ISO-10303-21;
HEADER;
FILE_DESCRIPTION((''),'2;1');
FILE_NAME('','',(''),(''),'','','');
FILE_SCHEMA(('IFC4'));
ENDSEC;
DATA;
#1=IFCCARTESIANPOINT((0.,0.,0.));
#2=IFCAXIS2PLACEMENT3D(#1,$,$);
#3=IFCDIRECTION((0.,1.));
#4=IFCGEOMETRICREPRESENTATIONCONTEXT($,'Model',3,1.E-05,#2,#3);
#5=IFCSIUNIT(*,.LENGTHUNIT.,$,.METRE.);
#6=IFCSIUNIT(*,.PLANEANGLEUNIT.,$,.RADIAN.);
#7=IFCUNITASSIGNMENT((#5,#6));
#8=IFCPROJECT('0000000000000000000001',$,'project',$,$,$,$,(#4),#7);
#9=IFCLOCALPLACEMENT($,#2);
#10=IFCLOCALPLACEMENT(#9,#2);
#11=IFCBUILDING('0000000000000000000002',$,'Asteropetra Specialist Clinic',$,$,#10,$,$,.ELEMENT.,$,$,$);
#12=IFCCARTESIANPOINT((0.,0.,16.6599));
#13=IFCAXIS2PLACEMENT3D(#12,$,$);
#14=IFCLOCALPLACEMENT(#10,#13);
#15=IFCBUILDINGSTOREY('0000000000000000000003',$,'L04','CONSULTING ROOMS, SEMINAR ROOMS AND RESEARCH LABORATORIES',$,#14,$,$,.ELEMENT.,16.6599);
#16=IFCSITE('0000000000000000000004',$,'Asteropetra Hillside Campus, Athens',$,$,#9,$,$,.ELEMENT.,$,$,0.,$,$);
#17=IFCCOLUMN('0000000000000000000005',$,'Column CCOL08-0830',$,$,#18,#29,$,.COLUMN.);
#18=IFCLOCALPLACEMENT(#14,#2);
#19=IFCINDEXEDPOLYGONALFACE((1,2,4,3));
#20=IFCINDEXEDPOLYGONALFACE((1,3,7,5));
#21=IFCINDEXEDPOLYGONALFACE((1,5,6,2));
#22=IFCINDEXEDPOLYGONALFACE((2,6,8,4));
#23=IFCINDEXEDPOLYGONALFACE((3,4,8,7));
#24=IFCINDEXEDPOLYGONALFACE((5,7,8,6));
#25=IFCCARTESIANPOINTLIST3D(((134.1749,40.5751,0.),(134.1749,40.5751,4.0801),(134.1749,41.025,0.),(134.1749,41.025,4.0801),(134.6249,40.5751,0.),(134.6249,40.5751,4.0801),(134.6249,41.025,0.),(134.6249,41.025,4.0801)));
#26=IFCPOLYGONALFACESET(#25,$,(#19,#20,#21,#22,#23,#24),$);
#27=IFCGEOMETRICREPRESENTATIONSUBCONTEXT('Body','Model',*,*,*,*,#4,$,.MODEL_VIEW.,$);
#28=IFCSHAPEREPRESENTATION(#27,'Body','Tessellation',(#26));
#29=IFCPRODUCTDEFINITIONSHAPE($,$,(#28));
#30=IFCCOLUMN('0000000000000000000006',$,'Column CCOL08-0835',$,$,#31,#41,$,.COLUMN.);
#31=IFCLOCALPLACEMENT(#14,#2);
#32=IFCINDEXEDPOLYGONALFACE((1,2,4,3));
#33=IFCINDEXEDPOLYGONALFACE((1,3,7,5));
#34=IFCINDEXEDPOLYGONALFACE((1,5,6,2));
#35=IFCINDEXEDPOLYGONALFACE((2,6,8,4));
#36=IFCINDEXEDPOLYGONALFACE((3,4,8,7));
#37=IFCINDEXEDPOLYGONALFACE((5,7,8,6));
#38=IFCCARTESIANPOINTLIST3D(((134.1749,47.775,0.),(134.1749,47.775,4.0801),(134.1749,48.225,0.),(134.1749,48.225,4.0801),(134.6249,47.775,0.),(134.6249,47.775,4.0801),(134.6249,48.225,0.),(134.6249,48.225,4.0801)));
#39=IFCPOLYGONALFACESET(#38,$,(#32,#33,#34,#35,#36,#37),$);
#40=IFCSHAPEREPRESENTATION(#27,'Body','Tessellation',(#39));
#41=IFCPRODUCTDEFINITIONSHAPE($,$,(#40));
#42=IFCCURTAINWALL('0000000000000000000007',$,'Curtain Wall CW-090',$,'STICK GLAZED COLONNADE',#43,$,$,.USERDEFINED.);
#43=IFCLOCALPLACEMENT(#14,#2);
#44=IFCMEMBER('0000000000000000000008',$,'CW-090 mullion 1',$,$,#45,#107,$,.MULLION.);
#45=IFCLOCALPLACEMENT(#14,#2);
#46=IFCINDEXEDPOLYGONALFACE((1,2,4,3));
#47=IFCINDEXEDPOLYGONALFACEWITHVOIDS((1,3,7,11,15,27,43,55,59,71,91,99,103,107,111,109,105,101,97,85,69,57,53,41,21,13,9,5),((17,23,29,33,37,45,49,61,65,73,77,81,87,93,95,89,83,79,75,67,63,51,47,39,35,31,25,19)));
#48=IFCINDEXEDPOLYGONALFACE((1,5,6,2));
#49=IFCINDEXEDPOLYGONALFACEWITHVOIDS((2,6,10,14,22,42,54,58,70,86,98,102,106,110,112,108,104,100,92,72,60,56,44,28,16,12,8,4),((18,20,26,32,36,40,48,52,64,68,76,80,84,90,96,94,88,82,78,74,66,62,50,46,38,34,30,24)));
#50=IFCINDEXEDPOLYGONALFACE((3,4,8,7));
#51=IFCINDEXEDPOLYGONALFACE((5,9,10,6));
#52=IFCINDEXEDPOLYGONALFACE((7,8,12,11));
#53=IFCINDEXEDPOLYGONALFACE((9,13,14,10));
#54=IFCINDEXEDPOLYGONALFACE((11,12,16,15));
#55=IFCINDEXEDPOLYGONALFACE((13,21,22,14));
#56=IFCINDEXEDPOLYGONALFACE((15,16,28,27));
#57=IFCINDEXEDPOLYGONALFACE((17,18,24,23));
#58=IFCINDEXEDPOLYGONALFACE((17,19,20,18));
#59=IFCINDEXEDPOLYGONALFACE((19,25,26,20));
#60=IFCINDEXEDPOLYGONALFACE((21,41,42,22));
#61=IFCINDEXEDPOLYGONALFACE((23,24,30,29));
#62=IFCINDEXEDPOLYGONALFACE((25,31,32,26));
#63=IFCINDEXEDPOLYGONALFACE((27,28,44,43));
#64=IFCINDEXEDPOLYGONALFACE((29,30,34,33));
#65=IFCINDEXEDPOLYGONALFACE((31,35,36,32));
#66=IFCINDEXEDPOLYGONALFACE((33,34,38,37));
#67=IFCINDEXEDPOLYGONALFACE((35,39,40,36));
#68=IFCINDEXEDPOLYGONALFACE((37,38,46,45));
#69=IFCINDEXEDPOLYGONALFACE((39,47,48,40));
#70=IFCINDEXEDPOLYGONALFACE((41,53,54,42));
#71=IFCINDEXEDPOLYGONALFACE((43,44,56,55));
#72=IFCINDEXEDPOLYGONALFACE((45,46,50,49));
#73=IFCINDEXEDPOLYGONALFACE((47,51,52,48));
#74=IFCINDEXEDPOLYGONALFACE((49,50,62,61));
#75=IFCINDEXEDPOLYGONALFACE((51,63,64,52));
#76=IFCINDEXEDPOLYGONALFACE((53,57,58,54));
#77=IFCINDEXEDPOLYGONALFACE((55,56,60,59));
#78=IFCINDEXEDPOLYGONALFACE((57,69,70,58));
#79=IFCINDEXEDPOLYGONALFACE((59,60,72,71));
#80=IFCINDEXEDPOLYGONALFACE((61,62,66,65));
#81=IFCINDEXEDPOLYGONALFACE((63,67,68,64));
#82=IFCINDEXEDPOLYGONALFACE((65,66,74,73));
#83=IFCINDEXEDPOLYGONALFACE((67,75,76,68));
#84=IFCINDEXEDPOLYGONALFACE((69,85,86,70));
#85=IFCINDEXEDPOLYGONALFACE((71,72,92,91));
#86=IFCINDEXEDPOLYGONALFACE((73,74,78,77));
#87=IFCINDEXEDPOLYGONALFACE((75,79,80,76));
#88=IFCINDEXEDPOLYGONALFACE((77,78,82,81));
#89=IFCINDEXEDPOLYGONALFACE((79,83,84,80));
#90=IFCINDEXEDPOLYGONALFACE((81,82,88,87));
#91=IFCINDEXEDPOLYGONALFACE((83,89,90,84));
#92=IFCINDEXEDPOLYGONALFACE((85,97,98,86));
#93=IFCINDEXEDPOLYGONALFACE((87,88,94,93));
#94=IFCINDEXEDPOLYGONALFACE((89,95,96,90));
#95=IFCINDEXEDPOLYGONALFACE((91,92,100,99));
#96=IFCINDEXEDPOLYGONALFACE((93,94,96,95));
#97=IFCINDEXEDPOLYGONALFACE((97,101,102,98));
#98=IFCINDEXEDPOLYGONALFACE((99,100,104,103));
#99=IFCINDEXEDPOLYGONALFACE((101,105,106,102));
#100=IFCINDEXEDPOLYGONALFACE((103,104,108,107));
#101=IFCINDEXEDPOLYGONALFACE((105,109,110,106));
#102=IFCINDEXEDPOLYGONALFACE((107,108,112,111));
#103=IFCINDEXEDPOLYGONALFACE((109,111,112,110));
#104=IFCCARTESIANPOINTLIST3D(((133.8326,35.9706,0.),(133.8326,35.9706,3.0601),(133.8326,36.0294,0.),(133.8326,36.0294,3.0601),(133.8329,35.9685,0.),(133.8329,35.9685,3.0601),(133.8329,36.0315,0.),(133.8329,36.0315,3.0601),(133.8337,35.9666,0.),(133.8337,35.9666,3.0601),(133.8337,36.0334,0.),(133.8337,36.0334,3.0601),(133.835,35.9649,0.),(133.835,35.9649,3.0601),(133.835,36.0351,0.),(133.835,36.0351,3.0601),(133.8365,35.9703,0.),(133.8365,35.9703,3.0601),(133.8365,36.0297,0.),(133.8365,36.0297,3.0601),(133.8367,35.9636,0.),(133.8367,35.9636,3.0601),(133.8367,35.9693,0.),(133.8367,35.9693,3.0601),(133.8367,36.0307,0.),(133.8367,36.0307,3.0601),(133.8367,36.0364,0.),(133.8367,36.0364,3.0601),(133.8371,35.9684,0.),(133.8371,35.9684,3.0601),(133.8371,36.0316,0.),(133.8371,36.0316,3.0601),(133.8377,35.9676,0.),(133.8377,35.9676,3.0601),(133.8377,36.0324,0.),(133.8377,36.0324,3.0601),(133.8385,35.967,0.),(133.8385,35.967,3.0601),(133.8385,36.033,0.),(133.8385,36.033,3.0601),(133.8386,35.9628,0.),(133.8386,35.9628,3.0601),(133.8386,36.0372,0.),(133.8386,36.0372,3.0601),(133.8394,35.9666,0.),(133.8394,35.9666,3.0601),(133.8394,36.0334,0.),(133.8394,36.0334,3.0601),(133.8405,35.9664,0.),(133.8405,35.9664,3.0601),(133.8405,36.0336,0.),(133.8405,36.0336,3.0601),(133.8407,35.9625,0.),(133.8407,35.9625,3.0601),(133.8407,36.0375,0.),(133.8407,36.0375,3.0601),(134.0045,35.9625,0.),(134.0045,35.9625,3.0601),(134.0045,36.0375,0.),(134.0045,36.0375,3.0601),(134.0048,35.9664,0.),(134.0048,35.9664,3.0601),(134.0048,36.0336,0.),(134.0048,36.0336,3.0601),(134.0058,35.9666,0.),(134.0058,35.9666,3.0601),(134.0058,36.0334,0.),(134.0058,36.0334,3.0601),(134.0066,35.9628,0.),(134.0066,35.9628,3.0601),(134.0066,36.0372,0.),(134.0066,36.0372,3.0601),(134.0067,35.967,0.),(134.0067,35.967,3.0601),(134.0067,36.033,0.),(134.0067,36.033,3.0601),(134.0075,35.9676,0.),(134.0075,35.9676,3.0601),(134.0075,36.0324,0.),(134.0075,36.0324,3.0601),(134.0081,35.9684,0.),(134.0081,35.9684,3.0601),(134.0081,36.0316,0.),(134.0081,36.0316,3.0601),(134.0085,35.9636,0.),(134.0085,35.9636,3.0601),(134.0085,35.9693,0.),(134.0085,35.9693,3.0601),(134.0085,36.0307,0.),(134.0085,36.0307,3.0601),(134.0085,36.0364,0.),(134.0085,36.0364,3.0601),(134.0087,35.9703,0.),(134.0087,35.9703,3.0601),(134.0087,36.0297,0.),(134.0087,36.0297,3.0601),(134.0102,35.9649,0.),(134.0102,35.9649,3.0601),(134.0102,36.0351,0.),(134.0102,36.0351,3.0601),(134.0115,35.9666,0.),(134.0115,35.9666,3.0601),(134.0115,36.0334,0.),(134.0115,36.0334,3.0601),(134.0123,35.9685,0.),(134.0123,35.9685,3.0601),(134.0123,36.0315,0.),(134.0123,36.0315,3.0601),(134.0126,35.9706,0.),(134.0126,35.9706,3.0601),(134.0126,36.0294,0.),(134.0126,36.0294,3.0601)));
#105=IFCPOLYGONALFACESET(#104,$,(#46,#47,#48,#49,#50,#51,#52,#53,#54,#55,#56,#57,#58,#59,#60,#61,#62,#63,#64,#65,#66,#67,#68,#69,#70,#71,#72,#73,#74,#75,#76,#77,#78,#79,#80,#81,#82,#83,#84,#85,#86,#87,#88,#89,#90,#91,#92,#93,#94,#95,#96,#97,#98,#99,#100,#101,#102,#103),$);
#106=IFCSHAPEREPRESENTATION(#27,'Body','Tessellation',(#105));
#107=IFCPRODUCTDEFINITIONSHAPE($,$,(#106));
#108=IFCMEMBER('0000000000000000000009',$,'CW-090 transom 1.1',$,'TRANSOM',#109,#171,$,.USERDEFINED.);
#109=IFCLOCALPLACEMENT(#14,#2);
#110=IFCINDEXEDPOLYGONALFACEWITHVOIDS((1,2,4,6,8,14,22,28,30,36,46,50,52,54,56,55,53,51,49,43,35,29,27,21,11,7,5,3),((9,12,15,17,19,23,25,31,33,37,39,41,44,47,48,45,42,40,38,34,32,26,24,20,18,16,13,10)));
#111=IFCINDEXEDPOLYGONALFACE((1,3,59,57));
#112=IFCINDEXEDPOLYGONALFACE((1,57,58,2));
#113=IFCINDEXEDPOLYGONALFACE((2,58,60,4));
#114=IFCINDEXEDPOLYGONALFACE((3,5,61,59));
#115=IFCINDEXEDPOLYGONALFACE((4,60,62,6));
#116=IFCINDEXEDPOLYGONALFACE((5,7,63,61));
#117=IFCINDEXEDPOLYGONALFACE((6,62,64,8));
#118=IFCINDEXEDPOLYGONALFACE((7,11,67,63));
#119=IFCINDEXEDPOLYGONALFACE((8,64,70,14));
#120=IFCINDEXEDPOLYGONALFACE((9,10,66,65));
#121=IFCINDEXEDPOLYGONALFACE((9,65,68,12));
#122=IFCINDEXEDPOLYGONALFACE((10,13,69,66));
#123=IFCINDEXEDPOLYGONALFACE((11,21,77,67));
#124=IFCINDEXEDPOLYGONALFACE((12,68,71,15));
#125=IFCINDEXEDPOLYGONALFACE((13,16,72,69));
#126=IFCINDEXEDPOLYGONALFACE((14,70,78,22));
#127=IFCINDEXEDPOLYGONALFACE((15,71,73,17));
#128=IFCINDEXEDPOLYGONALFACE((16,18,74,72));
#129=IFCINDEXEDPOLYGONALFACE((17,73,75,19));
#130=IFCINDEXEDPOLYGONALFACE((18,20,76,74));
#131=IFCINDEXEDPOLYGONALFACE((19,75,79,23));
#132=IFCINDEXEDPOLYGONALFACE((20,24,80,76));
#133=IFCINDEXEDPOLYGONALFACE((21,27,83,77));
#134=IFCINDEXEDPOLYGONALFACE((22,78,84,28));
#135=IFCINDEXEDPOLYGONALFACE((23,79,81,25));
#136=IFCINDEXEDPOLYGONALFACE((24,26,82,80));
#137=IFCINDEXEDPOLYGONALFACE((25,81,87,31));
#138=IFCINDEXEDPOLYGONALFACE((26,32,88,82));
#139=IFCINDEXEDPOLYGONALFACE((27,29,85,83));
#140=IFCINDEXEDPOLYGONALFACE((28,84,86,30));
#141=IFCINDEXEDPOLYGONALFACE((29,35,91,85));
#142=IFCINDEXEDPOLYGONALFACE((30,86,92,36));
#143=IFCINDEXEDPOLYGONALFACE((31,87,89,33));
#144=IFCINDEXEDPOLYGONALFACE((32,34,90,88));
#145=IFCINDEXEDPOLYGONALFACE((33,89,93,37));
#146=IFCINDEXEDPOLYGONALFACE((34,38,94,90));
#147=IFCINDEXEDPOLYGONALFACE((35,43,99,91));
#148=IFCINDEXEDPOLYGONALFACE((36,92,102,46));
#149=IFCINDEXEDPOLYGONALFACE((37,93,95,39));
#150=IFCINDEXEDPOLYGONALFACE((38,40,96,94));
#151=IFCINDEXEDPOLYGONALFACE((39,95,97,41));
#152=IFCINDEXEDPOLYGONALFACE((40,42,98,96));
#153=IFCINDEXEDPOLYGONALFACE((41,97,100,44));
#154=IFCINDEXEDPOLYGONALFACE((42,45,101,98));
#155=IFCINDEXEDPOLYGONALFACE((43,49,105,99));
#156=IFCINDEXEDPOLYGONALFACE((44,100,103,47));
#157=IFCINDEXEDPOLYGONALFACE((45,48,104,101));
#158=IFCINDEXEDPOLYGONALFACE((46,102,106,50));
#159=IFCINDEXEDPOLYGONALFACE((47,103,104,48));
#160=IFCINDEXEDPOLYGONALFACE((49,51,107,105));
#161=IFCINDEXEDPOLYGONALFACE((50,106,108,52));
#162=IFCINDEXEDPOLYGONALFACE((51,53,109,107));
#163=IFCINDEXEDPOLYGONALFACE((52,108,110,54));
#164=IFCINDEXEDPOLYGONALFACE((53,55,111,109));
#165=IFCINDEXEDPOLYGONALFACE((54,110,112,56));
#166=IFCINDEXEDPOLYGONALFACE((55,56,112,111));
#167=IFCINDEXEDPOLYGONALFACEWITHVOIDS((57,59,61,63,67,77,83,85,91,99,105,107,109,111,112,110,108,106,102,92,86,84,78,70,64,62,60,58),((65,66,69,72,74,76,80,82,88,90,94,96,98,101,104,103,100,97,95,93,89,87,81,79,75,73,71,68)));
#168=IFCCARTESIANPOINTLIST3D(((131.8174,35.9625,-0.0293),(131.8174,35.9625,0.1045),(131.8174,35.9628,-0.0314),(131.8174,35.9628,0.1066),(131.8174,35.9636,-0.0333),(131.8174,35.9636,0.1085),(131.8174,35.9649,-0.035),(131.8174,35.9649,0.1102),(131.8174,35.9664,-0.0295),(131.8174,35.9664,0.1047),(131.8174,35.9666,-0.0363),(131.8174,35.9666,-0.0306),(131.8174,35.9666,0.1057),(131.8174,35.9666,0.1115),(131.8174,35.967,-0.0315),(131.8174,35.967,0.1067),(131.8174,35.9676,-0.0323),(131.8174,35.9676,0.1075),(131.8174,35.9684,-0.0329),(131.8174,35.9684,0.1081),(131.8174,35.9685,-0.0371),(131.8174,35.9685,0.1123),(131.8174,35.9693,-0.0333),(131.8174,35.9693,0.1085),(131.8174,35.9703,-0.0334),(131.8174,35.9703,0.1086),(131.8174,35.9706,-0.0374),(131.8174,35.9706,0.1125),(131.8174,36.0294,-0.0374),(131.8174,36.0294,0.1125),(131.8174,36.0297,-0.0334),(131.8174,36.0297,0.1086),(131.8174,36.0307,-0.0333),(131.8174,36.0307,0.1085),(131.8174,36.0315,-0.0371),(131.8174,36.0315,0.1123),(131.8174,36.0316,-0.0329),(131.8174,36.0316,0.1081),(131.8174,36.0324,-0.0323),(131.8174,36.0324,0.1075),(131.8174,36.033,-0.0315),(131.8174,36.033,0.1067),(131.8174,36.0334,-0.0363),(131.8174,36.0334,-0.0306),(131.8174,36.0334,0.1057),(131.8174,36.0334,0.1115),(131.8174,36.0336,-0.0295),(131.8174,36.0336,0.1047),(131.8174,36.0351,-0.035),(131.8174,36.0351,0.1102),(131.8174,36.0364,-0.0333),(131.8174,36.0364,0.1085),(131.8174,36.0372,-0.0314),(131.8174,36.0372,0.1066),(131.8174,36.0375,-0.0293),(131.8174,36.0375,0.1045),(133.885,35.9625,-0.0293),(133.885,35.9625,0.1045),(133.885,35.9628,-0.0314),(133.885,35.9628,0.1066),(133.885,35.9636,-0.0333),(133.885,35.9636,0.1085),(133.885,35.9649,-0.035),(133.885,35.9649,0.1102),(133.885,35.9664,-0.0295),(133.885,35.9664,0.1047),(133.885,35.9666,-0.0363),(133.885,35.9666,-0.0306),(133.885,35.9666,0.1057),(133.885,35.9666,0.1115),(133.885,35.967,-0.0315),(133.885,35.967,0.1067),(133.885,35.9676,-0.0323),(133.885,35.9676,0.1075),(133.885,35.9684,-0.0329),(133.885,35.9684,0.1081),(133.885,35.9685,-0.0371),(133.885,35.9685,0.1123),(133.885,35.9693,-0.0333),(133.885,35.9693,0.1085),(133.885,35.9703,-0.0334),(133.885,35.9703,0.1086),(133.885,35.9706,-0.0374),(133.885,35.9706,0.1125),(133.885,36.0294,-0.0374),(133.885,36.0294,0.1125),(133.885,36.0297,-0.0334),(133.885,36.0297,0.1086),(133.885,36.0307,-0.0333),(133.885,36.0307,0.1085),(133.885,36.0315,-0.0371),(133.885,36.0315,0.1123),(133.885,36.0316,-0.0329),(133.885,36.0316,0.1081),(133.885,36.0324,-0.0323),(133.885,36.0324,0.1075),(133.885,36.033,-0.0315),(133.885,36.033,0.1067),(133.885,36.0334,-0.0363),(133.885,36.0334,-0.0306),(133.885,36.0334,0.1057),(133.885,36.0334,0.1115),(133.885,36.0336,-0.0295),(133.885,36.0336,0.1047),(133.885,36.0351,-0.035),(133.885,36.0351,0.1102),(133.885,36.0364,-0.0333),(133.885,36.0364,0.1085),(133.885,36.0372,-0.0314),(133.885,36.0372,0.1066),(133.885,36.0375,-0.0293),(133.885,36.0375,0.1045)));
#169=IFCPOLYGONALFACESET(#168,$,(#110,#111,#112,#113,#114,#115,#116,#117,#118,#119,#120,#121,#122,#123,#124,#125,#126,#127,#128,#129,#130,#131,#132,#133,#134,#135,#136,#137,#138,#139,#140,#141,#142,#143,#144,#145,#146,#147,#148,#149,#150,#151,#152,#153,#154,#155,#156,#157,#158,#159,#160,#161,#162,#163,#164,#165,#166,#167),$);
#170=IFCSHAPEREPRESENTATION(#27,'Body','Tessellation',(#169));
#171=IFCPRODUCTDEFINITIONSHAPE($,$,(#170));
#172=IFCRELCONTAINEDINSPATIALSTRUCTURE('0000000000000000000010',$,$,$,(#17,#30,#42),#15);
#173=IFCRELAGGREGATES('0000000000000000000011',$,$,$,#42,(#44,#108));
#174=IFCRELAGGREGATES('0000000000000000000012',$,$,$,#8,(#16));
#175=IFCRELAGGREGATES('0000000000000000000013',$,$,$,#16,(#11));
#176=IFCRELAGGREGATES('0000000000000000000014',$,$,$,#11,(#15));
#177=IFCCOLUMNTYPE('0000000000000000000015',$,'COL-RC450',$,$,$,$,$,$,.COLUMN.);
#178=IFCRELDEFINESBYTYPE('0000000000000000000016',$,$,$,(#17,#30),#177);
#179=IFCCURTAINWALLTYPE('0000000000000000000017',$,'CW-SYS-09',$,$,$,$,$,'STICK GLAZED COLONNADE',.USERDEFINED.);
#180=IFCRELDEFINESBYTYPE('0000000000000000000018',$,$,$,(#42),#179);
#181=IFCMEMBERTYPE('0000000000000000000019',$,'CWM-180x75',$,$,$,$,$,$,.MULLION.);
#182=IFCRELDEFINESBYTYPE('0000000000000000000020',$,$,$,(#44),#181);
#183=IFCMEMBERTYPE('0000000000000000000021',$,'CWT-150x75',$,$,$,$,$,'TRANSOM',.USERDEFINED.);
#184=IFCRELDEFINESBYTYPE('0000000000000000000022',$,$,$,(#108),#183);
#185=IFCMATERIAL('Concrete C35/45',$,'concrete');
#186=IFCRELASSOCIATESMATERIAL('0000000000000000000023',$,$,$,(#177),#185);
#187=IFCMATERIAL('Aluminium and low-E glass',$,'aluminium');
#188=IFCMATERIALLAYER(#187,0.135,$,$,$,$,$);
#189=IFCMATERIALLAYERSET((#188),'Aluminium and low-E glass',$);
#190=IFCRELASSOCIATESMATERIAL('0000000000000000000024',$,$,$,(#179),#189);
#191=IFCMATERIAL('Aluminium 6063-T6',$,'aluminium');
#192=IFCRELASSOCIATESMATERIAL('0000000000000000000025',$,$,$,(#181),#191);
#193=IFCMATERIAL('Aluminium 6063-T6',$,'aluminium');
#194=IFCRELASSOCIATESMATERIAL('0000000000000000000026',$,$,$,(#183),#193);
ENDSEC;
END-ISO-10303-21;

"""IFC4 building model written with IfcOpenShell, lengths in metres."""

from ifc_helpers import new_model, si_unit, direction, frame, origin, origin_2d, place, context, subcontext, project, spatial, rectangle, hollow_rectangle, extrude, material, layer, layer_set, material_profile, profile_set, type_object, element, aggregate, save


model = new_model("IFC4")

# Units and contexts
model_context = context("Model", 3, precision=1e-05, world=origin(), true_north=direction((0.0, 1.0)))
body_context = subcontext(model_context, "Body", "Model", "MODEL_VIEW")
ifc_project = project(units=[si_unit("LENGTHUNIT", "METRE"), si_unit("PLANEANGLEUNIT", "RADIAN")], contexts=[model_context])

# Site, building, storey
site_placement = place(None, origin())
site = spatial("IfcSite", under=ifc_project, at=site_placement, Name="Asteropetra Hillside Campus, Athens", CompositionType="ELEMENT", RefElevation=0.0)
building_placement = place(site_placement, origin())
building = spatial("IfcBuilding", under=site, at=building_placement, Name="Asteropetra Specialist Clinic", CompositionType="ELEMENT")
storey_placement = place(building_placement, frame((0.0, 0.0, 16.6599)))
storey = spatial("IfcBuildingStorey", under=building, at=storey_placement, Name="L04", Description="CONSULTING ROOMS, SEMINAR ROOMS AND RESEARCH LABORATORIES", CompositionType="ELEMENT", Elevation=16.6599)

# Columns
ifc_material_1 = material(Name="Concrete C35/45", Category="concrete")
ifc_material_profile_1 = material_profile(ifc_material_1, rectangle(XDim=0.45, YDim=0.45, at=origin_2d()), Name="RC 450x450")
ifc_profile_set_1 = profile_set([ifc_material_profile_1], Name="Concrete C35/45")
column_type = type_object("IfcColumnType", Name="COL-RC450", PredefinedType="COLUMN", material=ifc_profile_set_1)
for number, where, z_axis, x_axis, name in (
    (1, (134.3999, 40.8, 0.0), (0.0, 0.0, 1.0), (1.0, 0.0, 0.0), "Column CCOL08-0830"),
    (2, (134.3999, 48.0, 0.0), (0.0, 0.0, 1.0), (1.0, 0.0, 0.0), "Column CCOL08-0835"),
):
    element("IfcColumn", number, at=place(storey_placement, frame(where, z_axis=z_axis, x_axis=x_axis)), inside=storey, type_object=column_type, Name=name, PredefinedType="COLUMN", context=body_context, shape_type="SweptSolid", body=[
        extrude(rectangle(XDim=0.45, YDim=0.45, at=origin_2d()), origin(), (0.0, 0.0, 1.0), 4.0801),
    ])

# Curtain wall, members
ifc_material_2 = material(Name="Aluminium and low-E glass", Category="aluminium")
ifc_layer_1 = layer(ifc_material_2, 0.135)
ifc_layer_set_1 = layer_set([ifc_layer_1], Name="Aluminium and low-E glass")
curtain_wall_type = type_object("IfcCurtainWallType", Name="CW-SYS-09", ElementType="STICK GLAZED COLONNADE", PredefinedType="USERDEFINED", material=ifc_layer_set_1)
curtain_wall_placement = place(storey_placement, origin())
curtain_wall = element("IfcCurtainWall", 3, at=curtain_wall_placement, inside=storey, type_object=curtain_wall_type, Name="Curtain Wall CW-090", ObjectType="STICK GLAZED COLONNADE", PredefinedType="USERDEFINED")
ifc_material_3 = material(Name="Aluminium 6063-T6", Category="aluminium")
ifc_material_profile_2 = material_profile(ifc_material_3, hollow_rectangle(XDim=0.075, YDim=0.1799, WallThickness=0.0039, InnerFilletRadius=0.0039, OuterFilletRadius=0.0081, at=origin_2d()), Name="MUL 180x75x4.0")
ifc_profile_set_2 = profile_set([ifc_material_profile_2], Name="Aluminium 6063-T6")
member_type_1 = type_object("IfcMemberType", Name="CWM-180x75", PredefinedType="MULLION", material=ifc_profile_set_2)
member_1_placement = place(storey_placement, frame((133.9226, 36.0, 0.0), z_axis=(0.0, 0.0, 1.0), x_axis=(0.0, -1.0, 0.0)))
member_1 = element("IfcMember", 4, at=member_1_placement, type_object=member_type_1, Name="CW-090 mullion 1", PredefinedType="MULLION", context=body_context, shape_type="SweptSolid", body=[
    extrude(hollow_rectangle(XDim=0.075, YDim=0.1799, WallThickness=0.0039, InnerFilletRadius=0.0039, OuterFilletRadius=0.0081, at=origin_2d()), origin(), (0.0, 0.0, 1.0), 3.0601),
])
ifc_material_4 = material(Name="Aluminium 6063-T6", Category="aluminium")
ifc_material_profile_3 = material_profile(ifc_material_4, hollow_rectangle(XDim=0.075, YDim=0.1499, WallThickness=0.0039, InnerFilletRadius=0.0039, OuterFilletRadius=0.0081, at=origin_2d()), Name="TRN 150x75x4.0")
ifc_profile_set_3 = profile_set([ifc_material_profile_3], Name="Aluminium 6063-T6")
member_type_2 = type_object("IfcMemberType", Name="CWT-150x75", ElementType="TRANSOM", PredefinedType="USERDEFINED", material=ifc_profile_set_3)
member_2_placement = place(storey_placement, frame((133.885, 36.0, 0.0376), z_axis=(-1.0, 0.0, 0.0), x_axis=(0.0, -1.0, 0.0)))
member_2 = element("IfcMember", 5, at=member_2_placement, type_object=member_type_2, Name="CW-090 transom 1.1", ObjectType="TRANSOM", PredefinedType="USERDEFINED", context=body_context, shape_type="SweptSolid", body=[
    extrude(hollow_rectangle(XDim=0.075, YDim=0.1499, WallThickness=0.0039, InnerFilletRadius=0.0039, OuterFilletRadius=0.0081, at=origin_2d()), origin(), (0.0, 0.0, 1.0), 2.0676),
])
aggregate(curtain_wall, [member_1, member_2])

save(model, "model.ifc")
